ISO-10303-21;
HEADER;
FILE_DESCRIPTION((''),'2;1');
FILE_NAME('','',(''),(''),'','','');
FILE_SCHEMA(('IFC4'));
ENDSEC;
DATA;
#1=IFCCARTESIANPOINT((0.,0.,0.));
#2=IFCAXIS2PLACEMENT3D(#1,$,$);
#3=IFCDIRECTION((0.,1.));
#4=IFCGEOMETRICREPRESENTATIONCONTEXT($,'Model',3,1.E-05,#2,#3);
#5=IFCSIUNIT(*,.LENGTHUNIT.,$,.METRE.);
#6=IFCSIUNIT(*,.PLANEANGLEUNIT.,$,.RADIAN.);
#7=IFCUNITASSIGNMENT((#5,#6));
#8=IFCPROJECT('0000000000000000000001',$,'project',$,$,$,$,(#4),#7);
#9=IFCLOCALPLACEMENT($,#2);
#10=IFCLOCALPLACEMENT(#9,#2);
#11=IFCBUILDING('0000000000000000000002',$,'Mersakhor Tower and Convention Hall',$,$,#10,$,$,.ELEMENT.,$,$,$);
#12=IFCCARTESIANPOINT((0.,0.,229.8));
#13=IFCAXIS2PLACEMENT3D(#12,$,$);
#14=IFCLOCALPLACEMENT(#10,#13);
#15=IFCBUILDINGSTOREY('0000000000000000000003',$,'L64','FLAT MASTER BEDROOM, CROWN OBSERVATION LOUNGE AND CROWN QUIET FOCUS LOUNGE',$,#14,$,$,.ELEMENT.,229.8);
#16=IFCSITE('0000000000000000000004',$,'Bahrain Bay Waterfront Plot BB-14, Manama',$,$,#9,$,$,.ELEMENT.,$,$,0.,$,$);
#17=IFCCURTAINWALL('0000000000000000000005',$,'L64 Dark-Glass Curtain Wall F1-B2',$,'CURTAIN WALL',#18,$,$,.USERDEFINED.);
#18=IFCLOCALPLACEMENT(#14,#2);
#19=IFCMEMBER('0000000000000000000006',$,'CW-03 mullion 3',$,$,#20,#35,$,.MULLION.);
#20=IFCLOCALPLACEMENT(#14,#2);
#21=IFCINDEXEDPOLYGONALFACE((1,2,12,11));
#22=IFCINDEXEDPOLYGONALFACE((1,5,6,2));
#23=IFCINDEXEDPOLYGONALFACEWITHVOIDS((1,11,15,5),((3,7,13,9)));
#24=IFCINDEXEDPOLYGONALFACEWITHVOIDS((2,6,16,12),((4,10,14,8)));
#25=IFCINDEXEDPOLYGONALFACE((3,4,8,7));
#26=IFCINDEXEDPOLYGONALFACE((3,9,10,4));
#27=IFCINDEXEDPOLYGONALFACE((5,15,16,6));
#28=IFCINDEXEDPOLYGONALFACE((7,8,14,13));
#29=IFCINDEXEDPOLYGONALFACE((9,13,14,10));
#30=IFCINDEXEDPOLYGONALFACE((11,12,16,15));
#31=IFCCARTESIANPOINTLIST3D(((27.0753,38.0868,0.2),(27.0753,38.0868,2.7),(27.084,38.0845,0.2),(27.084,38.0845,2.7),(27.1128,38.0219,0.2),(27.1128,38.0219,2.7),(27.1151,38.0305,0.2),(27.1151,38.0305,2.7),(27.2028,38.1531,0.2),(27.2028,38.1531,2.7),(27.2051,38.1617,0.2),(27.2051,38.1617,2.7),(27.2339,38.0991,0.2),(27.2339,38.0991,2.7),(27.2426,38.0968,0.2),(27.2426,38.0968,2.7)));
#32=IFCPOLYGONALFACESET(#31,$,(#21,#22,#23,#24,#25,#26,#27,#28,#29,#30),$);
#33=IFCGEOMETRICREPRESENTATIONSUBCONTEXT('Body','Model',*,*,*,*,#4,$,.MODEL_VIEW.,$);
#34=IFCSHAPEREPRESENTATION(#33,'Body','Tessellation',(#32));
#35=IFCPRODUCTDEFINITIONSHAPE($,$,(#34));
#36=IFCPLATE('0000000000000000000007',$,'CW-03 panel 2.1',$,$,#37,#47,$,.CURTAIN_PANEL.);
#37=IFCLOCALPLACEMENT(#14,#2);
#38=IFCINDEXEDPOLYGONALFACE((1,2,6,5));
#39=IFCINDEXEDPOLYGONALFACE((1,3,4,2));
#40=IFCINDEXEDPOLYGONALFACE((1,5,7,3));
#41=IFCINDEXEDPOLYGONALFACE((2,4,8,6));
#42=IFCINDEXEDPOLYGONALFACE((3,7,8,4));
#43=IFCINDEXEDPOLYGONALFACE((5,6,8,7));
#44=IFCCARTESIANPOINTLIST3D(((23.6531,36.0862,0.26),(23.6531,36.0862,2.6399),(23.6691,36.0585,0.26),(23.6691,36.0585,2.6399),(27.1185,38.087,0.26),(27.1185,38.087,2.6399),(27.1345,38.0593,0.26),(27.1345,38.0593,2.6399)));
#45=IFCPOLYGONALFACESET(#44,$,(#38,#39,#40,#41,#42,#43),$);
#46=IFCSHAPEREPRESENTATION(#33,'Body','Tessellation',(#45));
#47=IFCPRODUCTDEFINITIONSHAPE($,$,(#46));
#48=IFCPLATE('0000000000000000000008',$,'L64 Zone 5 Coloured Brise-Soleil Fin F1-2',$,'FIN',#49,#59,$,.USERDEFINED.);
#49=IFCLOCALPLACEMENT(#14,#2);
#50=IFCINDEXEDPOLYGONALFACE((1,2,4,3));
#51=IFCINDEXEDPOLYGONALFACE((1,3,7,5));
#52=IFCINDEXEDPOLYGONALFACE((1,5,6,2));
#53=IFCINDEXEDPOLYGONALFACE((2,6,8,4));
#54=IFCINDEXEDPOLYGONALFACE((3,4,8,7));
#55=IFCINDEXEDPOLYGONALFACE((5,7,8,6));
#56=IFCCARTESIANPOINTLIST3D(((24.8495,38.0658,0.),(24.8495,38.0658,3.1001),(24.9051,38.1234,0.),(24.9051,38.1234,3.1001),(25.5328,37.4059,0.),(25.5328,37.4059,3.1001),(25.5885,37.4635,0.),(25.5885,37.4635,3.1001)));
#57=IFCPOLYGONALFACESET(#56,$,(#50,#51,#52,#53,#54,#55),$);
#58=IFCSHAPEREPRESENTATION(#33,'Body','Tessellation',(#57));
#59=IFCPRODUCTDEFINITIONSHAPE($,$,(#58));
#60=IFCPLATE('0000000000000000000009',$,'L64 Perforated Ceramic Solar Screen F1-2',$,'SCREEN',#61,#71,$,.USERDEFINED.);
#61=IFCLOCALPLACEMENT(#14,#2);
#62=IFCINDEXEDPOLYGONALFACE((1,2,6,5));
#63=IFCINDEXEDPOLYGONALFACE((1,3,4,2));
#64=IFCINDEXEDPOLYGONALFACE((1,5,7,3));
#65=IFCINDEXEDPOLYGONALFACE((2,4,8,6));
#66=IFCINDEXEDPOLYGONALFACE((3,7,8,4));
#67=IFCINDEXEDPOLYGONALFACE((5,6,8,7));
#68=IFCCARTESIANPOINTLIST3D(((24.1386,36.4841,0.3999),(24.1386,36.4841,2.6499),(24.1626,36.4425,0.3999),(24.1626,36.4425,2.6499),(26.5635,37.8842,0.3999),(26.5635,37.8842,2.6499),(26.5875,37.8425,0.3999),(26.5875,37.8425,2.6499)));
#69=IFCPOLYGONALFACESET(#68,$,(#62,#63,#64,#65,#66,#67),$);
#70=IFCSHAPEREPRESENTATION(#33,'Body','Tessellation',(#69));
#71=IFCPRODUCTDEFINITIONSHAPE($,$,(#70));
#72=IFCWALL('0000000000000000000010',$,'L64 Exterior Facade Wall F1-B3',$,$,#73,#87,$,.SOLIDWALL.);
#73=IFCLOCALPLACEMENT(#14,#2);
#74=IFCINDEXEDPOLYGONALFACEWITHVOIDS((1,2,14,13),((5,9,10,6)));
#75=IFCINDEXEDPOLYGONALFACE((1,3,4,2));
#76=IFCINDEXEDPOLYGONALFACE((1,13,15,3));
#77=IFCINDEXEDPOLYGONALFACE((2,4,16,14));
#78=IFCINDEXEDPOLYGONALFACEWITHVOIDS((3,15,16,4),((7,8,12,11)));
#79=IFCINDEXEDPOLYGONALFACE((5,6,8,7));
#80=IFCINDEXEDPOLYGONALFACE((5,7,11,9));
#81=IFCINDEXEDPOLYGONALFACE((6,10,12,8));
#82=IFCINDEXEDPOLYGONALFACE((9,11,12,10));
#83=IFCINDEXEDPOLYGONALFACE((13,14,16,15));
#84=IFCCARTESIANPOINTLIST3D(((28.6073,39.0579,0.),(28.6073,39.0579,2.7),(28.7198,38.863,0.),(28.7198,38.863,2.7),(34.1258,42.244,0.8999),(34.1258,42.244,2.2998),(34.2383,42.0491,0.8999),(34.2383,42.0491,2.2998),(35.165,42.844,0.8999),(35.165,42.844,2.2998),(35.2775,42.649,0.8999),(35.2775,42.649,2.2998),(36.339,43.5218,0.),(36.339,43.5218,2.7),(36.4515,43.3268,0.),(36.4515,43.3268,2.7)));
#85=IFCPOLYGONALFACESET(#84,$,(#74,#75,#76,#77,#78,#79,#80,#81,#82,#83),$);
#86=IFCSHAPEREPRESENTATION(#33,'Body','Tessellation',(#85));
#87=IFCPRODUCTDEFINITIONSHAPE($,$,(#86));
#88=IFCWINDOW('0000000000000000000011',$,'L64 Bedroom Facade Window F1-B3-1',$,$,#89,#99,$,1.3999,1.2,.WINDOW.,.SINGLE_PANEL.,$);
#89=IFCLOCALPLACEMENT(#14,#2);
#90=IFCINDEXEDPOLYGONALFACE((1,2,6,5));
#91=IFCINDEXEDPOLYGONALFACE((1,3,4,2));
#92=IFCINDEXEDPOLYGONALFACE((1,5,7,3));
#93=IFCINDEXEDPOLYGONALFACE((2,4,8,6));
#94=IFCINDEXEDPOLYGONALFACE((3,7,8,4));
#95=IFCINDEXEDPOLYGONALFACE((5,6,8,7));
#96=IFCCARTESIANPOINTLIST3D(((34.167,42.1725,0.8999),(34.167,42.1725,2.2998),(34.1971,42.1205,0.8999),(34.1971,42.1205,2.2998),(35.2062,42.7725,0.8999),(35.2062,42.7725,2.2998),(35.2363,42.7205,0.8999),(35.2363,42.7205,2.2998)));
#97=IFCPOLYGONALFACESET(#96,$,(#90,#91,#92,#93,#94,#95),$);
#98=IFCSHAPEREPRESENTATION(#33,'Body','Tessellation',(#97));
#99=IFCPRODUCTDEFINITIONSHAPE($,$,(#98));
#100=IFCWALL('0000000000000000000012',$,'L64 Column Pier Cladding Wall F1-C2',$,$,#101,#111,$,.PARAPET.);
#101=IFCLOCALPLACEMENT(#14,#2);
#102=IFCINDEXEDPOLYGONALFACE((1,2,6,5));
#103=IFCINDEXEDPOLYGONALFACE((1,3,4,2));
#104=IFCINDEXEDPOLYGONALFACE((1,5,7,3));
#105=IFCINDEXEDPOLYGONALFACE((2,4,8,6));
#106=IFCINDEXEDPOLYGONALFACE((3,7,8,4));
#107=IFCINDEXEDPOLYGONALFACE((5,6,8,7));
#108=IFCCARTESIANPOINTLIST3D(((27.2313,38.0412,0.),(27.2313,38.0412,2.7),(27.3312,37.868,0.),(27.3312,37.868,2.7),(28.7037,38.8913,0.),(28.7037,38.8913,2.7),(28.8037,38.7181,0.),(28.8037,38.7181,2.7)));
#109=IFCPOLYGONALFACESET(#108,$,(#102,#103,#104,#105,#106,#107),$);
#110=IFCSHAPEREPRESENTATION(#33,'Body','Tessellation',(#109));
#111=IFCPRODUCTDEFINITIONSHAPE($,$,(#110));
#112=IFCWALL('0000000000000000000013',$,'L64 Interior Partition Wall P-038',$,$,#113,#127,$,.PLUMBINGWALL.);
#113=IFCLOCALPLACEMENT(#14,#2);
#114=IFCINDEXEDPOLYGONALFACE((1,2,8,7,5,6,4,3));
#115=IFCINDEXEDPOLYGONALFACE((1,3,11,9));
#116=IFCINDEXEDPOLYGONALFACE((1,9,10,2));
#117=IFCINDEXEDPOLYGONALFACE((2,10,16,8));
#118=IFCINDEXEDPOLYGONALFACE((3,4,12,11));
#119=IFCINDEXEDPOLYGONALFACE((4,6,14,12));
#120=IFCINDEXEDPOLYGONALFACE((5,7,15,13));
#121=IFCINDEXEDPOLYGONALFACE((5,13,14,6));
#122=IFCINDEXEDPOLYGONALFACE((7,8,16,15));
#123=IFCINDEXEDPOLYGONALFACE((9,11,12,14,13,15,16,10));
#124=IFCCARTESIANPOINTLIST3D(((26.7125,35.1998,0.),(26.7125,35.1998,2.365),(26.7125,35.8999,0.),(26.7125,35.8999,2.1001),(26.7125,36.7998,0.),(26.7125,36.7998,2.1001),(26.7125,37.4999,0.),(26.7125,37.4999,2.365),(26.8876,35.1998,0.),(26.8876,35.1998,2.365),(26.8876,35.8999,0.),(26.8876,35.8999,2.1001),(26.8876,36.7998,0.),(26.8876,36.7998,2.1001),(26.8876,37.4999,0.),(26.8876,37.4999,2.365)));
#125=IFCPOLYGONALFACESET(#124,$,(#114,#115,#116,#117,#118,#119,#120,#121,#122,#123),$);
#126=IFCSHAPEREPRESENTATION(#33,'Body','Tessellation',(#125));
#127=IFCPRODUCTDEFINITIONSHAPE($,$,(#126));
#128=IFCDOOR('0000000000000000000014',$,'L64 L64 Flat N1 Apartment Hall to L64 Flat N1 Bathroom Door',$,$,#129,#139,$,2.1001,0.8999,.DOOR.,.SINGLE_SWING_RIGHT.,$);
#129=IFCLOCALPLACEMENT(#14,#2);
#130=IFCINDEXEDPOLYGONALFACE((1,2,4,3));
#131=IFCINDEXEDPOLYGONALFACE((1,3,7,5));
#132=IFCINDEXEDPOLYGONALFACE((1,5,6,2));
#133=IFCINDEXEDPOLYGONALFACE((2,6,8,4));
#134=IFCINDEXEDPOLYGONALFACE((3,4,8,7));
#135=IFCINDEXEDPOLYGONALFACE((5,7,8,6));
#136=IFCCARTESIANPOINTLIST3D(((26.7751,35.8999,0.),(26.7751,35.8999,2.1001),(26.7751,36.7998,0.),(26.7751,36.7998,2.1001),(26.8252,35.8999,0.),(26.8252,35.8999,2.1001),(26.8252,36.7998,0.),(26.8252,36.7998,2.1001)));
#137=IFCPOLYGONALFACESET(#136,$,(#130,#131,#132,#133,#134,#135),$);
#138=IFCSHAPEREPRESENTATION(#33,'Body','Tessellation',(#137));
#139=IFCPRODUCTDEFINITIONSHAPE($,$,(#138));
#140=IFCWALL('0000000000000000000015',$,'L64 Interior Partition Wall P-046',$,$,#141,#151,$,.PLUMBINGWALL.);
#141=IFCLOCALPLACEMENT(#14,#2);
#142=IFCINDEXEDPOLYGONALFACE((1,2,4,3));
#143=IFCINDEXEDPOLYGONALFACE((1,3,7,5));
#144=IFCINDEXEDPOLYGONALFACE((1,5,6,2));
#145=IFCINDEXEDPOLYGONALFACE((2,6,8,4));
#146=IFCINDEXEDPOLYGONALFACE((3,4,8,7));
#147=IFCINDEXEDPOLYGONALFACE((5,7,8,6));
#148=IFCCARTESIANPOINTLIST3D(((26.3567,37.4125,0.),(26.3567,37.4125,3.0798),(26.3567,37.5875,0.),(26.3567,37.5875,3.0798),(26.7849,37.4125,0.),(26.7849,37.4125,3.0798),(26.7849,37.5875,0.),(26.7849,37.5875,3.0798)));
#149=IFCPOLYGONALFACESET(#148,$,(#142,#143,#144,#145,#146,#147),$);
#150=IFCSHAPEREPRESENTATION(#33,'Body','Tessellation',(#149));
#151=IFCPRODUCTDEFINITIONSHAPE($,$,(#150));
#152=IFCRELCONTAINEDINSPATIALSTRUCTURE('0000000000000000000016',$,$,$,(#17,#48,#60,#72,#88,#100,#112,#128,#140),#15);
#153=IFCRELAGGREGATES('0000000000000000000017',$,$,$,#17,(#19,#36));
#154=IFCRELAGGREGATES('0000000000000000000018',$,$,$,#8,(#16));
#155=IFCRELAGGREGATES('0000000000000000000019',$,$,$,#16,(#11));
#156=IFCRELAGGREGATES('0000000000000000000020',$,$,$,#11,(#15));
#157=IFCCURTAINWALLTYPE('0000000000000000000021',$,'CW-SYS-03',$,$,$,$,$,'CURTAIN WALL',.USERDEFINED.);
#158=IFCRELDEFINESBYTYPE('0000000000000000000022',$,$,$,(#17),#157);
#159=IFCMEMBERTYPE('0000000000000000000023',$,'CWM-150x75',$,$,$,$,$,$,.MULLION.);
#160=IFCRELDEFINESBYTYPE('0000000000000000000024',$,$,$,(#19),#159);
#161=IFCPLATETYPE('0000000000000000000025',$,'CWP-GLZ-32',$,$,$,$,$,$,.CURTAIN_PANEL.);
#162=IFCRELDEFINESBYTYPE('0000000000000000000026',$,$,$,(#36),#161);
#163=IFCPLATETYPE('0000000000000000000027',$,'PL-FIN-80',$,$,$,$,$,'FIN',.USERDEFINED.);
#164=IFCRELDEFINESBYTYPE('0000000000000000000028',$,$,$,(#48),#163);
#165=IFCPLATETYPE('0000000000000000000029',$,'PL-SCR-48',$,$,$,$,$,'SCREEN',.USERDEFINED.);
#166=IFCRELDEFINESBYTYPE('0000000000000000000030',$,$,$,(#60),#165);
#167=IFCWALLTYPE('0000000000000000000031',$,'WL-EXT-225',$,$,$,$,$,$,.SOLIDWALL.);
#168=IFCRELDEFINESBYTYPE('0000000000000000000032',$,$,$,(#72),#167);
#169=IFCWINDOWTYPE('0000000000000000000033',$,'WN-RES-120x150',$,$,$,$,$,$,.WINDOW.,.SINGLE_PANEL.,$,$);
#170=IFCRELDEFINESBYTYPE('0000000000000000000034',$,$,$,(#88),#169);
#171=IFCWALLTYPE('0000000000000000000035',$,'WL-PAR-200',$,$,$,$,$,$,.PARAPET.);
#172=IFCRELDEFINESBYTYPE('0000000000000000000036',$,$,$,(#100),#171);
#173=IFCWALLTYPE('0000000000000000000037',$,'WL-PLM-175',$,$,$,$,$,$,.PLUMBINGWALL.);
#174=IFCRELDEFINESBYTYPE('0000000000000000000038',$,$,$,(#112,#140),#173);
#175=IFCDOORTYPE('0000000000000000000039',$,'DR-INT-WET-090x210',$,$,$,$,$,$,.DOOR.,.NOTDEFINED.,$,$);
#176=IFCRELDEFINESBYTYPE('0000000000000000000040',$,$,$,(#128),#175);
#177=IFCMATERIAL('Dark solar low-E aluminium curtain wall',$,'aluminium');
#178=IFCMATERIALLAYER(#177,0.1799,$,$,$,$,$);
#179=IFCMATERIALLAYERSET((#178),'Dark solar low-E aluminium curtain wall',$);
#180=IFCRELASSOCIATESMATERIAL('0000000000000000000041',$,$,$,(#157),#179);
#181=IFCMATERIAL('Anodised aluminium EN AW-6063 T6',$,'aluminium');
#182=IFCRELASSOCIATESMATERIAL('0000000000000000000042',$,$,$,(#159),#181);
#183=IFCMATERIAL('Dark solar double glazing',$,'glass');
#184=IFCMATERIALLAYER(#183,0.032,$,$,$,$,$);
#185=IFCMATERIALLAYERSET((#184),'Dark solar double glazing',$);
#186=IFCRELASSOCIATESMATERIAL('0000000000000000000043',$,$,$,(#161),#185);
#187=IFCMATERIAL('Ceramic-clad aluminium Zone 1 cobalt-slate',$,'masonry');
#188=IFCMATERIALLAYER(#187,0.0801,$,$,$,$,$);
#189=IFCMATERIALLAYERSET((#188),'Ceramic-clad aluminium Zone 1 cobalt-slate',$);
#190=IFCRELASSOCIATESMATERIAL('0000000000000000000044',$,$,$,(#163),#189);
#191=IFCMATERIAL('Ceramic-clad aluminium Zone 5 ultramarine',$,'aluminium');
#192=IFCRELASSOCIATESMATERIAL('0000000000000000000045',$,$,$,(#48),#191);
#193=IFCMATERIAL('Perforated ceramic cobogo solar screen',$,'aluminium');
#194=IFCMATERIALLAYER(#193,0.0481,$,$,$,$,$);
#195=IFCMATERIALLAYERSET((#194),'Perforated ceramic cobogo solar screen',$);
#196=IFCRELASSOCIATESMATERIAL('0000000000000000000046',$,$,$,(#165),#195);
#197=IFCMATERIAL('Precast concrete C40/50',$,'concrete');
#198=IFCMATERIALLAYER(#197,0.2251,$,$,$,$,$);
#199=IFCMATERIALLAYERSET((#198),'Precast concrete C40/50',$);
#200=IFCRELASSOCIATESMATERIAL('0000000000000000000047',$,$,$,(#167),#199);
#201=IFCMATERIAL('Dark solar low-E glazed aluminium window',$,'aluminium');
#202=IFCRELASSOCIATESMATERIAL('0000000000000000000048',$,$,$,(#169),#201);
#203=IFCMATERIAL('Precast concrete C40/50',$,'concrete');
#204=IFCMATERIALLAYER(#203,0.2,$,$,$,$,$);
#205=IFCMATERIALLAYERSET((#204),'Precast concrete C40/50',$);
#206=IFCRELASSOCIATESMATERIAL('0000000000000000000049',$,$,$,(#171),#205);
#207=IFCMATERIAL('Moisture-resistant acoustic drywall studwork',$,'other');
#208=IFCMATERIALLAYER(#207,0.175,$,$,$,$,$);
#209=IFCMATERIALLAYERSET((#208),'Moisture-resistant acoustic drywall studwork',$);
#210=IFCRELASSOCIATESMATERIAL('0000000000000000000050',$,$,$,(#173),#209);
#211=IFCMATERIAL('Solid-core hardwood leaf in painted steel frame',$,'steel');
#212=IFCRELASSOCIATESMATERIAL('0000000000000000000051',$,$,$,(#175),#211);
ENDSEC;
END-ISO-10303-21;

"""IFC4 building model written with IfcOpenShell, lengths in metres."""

from ifc_helpers import new_model, si_unit, direction, frame, frame_2d, origin, origin_2d, place, context, subcontext, project, spatial, rectangle, hollow_rectangle, extrude, material, layer, layer_set, material_profile, profile_set, type_object, element, fill, aggregate, save


model = new_model("IFC4")

# Units and contexts
model_context = context("Model", 3, precision=1e-05, world=origin(), true_north=direction((0.0, 1.0)))
body_context = subcontext(model_context, "Body", "Model", "MODEL_VIEW")
ifc_project = project(units=[si_unit("LENGTHUNIT", "METRE"), si_unit("PLANEANGLEUNIT", "RADIAN")], contexts=[model_context])

# Site, building, storey
site_placement = place(None, origin())
site = spatial("IfcSite", under=ifc_project, at=site_placement, Name="Bahrain Bay Waterfront Plot BB-14, Manama", CompositionType="ELEMENT", RefElevation=0.0)
building_placement = place(site_placement, origin())
building = spatial("IfcBuilding", under=site, at=building_placement, Name="Mersakhor Tower and Convention Hall", CompositionType="ELEMENT")
storey_placement = place(building_placement, frame((0.0, 0.0, 229.8)))
storey = spatial("IfcBuildingStorey", under=building, at=storey_placement, Name="L64", Description="FLAT MASTER BEDROOM, CROWN OBSERVATION LOUNGE AND CROWN QUIET FOCUS LOUNGE", CompositionType="ELEMENT", Elevation=229.8)

# Curtain wall, member, plate
ifc_material_1 = material(Name="Dark solar low-E aluminium curtain wall", Category="aluminium")
ifc_layer_1 = layer(ifc_material_1, 0.1799)
ifc_layer_set_1 = layer_set([ifc_layer_1], Name="Dark solar low-E aluminium curtain wall")
curtain_wall_type = type_object("IfcCurtainWallType", Name="CW-SYS-03", ElementType="CURTAIN WALL", PredefinedType="USERDEFINED", material=ifc_layer_set_1)
curtain_wall_placement = place(storey_placement, origin())
curtain_wall = element("IfcCurtainWall", 1, at=curtain_wall_placement, inside=storey, type_object=curtain_wall_type, Name="L64 Dark-Glass Curtain Wall F1-B2", ObjectType="CURTAIN WALL", PredefinedType="USERDEFINED")
ifc_material_2 = material(Name="Anodised aluminium EN AW-6063 T6", Category="aluminium")
ifc_material_profile = material_profile(ifc_material_2, hollow_rectangle(XDim=0.075, YDim=0.1499, WallThickness=0.0063, at=origin_2d()), Name="RHS 150x75x6.3")
ifc_profile_set = profile_set([ifc_material_profile], Name="Anodised aluminium EN AW-6063 T6")
member_type = type_object("IfcMemberType", Name="CWM-150x75", PredefinedType="MULLION", material=ifc_profile_set)
member_placement = place(storey_placement, frame((27.1589, 38.0918, 0.2), z_axis=(0.0, 0.0, 1.0), x_axis=(-0.500004, 0.866023, 0.0)))
member = element("IfcMember", 2, at=member_placement, type_object=member_type, Name="CW-03 mullion 3", PredefinedType="MULLION", context=body_context, shape_type="SweptSolid", body=[
    extrude(hollow_rectangle(XDim=0.075, YDim=0.1499, WallThickness=0.0063, at=origin_2d()), origin(), (0.0, 0.0, 1.0), 2.5),
])
ifc_material_3 = material(Name="Dark solar double glazing", Category="glass")
ifc_layer_2 = layer(ifc_material_3, 0.032)
ifc_layer_set_2 = layer_set([ifc_layer_2], Name="Dark solar double glazing")
plate_type_1 = type_object("IfcPlateType", Name="CWP-GLZ-32", PredefinedType="CURTAIN_PANEL", material=ifc_layer_set_2)
plate_1_placement = place(storey_placement, frame((25.3938, 37.0728, 0.26), z_axis=(0.0, 0.0, 1.0), x_axis=(0.866023, 0.500004, 0.0)))
plate_1 = element("IfcPlate", 3, at=plate_1_placement, type_object=plate_type_1, Name="CW-03 panel 2.1", PredefinedType="CURTAIN_PANEL", context=body_context, shape_type="SweptSolid", body=[
    extrude(rectangle(XDim=4.0015, YDim=0.032, at=origin_2d()), origin(), (0.0, 0.0, 1.0), 2.3799),
])
aggregate(curtain_wall, [member, plate_1])

# Plates
ifc_material_4 = material(Name="Ceramic-clad aluminium Zone 5 ultramarine", Category="aluminium")
ifc_material_5 = material(Name="Ceramic-clad aluminium Zone 1 cobalt-slate", Category="masonry")
ifc_layer_3 = layer(ifc_material_5, 0.0801)
ifc_layer_set_3 = layer_set([ifc_layer_3], Name="Ceramic-clad aluminium Zone 1 cobalt-slate")
plate_type_2 = type_object("IfcPlateType", Name="PL-FIN-80", ElementType="FIN", PredefinedType="USERDEFINED", material=ifc_layer_set_3)
plate_2_placement = place(storey_placement, frame((25.219, 37.7646, 0.0), z_axis=(0.0, 0.0, 1.0), x_axis=(-0.71934, 0.694658, 0.0)))
element("IfcPlate", 4, at=plate_2_placement, inside=storey, type_object=plate_type_2, material=ifc_material_4, Name="L64 Zone 5 Coloured Brise-Soleil Fin F1-2", ObjectType="FIN", PredefinedType="USERDEFINED", context=body_context, shape_type="SweptSolid", body=[
    extrude(rectangle(XDim=0.95, YDim=0.0801, at=origin_2d()), origin(), (0.0, 0.0, 1.0), 3.1001),
])
ifc_material_6 = material(Name="Perforated ceramic cobogo solar screen", Category="aluminium")
ifc_layer_4 = layer(ifc_material_6, 0.0481)
ifc_layer_set_4 = layer_set([ifc_layer_4], Name="Perforated ceramic cobogo solar screen")
plate_type_3 = type_object("IfcPlateType", Name="PL-SCR-48", ElementType="SCREEN", PredefinedType="USERDEFINED", material=ifc_layer_set_4)
plate_3_placement = place(storey_placement, frame((25.363, 37.1633, 0.3999), z_axis=(0.0, 0.0, 1.0), x_axis=(0.866025, 0.5, 0.0)))
element("IfcPlate", 5, at=plate_3_placement, inside=storey, type_object=plate_type_3, Name="L64 Perforated Ceramic Solar Screen F1-2", ObjectType="SCREEN", PredefinedType="USERDEFINED", context=body_context, shape_type="SweptSolid", body=[
    extrude(rectangle(XDim=2.8, YDim=0.0481, at=origin_2d()), origin(), (0.0, 0.0, 1.0), 2.25),
])

# Wall, opening, window
ifc_material_7 = material(Name="Precast concrete C40/50", Category="concrete")
ifc_layer_5 = layer(ifc_material_7, 0.2251)
ifc_layer_set_5 = layer_set([ifc_layer_5], Name="Precast concrete C40/50")
wall_type_1 = type_object("IfcWallType", Name="WL-EXT-225", PredefinedType="SOLIDWALL", material=ifc_layer_set_5)
wall_1_placement = place(storey_placement, frame((28.6636, 38.9604, 0.0), z_axis=(0.0, 0.0, 1.0), x_axis=(0.866027, 0.499998, 0.0)))
wall_1 = element("IfcWall", 6, at=wall_1_placement, inside=storey, type_object=wall_type_1, Name="L64 Exterior Facade Wall F1-B3", PredefinedType="SOLIDWALL", context=body_context, shape_type="SweptSolid", body=[
    extrude(rectangle(XDim=8.9277, YDim=0.2251, at=frame_2d((4.4639, 0.0))), origin(), (0.0, 0.0, 1.0), 2.7),
])
opening_1_placement = place(wall_1_placement, frame((6.3721, 0.0, 0.8999)))
opening_1 = element("IfcOpeningElement", 7, at=opening_1_placement, cuts=wall_1, PredefinedType="OPENING", context=body_context, shape_type="SweptSolid", body=[
    extrude(rectangle(XDim=1.2, YDim=1.3999, at=frame_2d((0.6001, 0.7))), frame((0.0, 0.1226, 0.0), z_axis=(0.0, -1.0, 0.0), x_axis=(1.0, 0.0, 0.0)), (0.0, 0.0, 1.0), 0.2451),
])
ifc_material_8 = material(Name="Dark solar low-E glazed aluminium window", Category="aluminium")
window_type = type_object("IfcWindowType", Name="WN-RES-120x150", PartitioningType="SINGLE_PANEL", PredefinedType="WINDOW", material=ifc_material_8)
window_placement = place(opening_1_placement, origin())
window = element("IfcWindow", 8, at=window_placement, inside=storey, type_object=window_type, Name="L64 Bedroom Facade Window F1-B3-1", OverallHeight=1.3999, OverallWidth=1.2, PartitioningType="SINGLE_PANEL", PredefinedType="WINDOW", context=body_context, shape_type="SweptSolid", body=[
    extrude(rectangle(XDim=1.2, YDim=1.3999, at=frame_2d((0.6001, 0.7))), frame((0.0, 0.03, 0.0), z_axis=(0.0, -1.0, 0.0), x_axis=(1.0, 0.0, 0.0)), (0.0, 0.0, 1.0), 0.0601),
])
fill(opening_1, window)

# Wall
ifc_material_9 = material(Name="Precast concrete C40/50", Category="concrete")
ifc_layer_6 = layer(ifc_material_9, 0.2)
ifc_layer_set_6 = layer_set([ifc_layer_6], Name="Precast concrete C40/50")
wall_type_2 = type_object("IfcWallType", Name="WL-PAR-200", PredefinedType="PARAPET", material=ifc_layer_set_6)
wall_2_placement = place(storey_placement, frame((27.2812, 37.9546, 0.0), z_axis=(0.0, 0.0, 1.0), x_axis=(0.866025, 0.5, 0.0)))
element("IfcWall", 9, at=wall_2_placement, inside=storey, type_object=wall_type_2, Name="L64 Column Pier Cladding Wall F1-C2", PredefinedType="PARAPET", context=body_context, shape_type="SweptSolid", body=[
    extrude(rectangle(XDim=1.7002, YDim=0.2, at=frame_2d((0.8501, 0.0))), origin(), (0.0, 0.0, 1.0), 2.7),
])

# Wall, opening, door
ifc_material_10 = material(Name="Moisture-resistant acoustic drywall studwork", Category="other")
ifc_layer_7 = layer(ifc_material_10, 0.175)
ifc_layer_set_7 = layer_set([ifc_layer_7], Name="Moisture-resistant acoustic drywall studwork")
wall_type_3 = type_object("IfcWallType", Name="WL-PLM-175", PredefinedType="PLUMBINGWALL", material=ifc_layer_set_7)
wall_3_placement = place(storey_placement, frame((26.8, 35.2, 0.0), z_axis=(0.0, 0.0, 1.0), x_axis=(0.0, 1.0, 0.0)))
wall_3 = element("IfcWall", 10, at=wall_3_placement, inside=storey, type_object=wall_type_3, Name="L64 Interior Partition Wall P-038", PredefinedType="PLUMBINGWALL", context=body_context, shape_type="SweptSolid", body=[
    extrude(rectangle(XDim=2.3, YDim=0.175, at=frame_2d((1.1499, 0.0))), origin(), (0.0, 0.0, 1.0), 2.365),
])
opening_2_placement = place(wall_3_placement, frame((0.7, 0.0, 0.0)))
opening_2 = element("IfcOpeningElement", 11, at=opening_2_placement, cuts=wall_3, PredefinedType="OPENING", context=body_context, shape_type="SweptSolid", body=[
    extrude(rectangle(XDim=0.8999, YDim=2.1001, at=frame_2d((0.45, 1.05))), frame((0.0, 0.0974, 0.0), z_axis=(0.0, -1.0, 0.0), x_axis=(1.0, 0.0, 0.0)), (0.0, 0.0, 1.0), 0.1951),
])
ifc_material_11 = material(Name="Solid-core hardwood leaf in painted steel frame", Category="steel")
door_type_1 = type_object("IfcDoorType", Name="DR-INT-WET-090x210", OperationType="NOTDEFINED", PredefinedType="DOOR", material=ifc_material_11)
door_1_placement = place(opening_2_placement, origin())
door_1 = element("IfcDoor", 12, at=door_1_placement, inside=storey, type_object=door_type_1, Name="L64 L64 Flat N1 Apartment Hall to L64 Flat N1 Bathroom Door", OperationType="SINGLE_SWING_RIGHT", OverallHeight=2.1001, OverallWidth=0.8999, PredefinedType="DOOR", context=body_context, shape_type="SweptSolid", body=[
    extrude(rectangle(XDim=0.8999, YDim=2.1001, at=frame_2d((0.45, 1.05))), frame((0.0, 0.0249, 0.0), z_axis=(0.0, -1.0, 0.0), x_axis=(1.0, 0.0, 0.0)), (0.0, 0.0, 1.0), 0.05),
])
fill(opening_2, door_1)

# Wall
wall_4_placement = place(storey_placement, frame((26.3567, 37.5, 0.0), z_axis=(0.0, 0.0, 1.0), x_axis=(1.0, 0.0, 0.0)))
element("IfcWall", 13, at=wall_4_placement, inside=storey, type_object=wall_type_3, Name="L64 Interior Partition Wall P-046", PredefinedType="PLUMBINGWALL", context=body_context, shape_type="SweptSolid", body=[
    extrude(rectangle(XDim=0.4282, YDim=0.175, at=frame_2d((0.2141, 0.0))), origin(), (0.0, 0.0, 1.0), 3.0798),
])

save(model, "model.ifc")
